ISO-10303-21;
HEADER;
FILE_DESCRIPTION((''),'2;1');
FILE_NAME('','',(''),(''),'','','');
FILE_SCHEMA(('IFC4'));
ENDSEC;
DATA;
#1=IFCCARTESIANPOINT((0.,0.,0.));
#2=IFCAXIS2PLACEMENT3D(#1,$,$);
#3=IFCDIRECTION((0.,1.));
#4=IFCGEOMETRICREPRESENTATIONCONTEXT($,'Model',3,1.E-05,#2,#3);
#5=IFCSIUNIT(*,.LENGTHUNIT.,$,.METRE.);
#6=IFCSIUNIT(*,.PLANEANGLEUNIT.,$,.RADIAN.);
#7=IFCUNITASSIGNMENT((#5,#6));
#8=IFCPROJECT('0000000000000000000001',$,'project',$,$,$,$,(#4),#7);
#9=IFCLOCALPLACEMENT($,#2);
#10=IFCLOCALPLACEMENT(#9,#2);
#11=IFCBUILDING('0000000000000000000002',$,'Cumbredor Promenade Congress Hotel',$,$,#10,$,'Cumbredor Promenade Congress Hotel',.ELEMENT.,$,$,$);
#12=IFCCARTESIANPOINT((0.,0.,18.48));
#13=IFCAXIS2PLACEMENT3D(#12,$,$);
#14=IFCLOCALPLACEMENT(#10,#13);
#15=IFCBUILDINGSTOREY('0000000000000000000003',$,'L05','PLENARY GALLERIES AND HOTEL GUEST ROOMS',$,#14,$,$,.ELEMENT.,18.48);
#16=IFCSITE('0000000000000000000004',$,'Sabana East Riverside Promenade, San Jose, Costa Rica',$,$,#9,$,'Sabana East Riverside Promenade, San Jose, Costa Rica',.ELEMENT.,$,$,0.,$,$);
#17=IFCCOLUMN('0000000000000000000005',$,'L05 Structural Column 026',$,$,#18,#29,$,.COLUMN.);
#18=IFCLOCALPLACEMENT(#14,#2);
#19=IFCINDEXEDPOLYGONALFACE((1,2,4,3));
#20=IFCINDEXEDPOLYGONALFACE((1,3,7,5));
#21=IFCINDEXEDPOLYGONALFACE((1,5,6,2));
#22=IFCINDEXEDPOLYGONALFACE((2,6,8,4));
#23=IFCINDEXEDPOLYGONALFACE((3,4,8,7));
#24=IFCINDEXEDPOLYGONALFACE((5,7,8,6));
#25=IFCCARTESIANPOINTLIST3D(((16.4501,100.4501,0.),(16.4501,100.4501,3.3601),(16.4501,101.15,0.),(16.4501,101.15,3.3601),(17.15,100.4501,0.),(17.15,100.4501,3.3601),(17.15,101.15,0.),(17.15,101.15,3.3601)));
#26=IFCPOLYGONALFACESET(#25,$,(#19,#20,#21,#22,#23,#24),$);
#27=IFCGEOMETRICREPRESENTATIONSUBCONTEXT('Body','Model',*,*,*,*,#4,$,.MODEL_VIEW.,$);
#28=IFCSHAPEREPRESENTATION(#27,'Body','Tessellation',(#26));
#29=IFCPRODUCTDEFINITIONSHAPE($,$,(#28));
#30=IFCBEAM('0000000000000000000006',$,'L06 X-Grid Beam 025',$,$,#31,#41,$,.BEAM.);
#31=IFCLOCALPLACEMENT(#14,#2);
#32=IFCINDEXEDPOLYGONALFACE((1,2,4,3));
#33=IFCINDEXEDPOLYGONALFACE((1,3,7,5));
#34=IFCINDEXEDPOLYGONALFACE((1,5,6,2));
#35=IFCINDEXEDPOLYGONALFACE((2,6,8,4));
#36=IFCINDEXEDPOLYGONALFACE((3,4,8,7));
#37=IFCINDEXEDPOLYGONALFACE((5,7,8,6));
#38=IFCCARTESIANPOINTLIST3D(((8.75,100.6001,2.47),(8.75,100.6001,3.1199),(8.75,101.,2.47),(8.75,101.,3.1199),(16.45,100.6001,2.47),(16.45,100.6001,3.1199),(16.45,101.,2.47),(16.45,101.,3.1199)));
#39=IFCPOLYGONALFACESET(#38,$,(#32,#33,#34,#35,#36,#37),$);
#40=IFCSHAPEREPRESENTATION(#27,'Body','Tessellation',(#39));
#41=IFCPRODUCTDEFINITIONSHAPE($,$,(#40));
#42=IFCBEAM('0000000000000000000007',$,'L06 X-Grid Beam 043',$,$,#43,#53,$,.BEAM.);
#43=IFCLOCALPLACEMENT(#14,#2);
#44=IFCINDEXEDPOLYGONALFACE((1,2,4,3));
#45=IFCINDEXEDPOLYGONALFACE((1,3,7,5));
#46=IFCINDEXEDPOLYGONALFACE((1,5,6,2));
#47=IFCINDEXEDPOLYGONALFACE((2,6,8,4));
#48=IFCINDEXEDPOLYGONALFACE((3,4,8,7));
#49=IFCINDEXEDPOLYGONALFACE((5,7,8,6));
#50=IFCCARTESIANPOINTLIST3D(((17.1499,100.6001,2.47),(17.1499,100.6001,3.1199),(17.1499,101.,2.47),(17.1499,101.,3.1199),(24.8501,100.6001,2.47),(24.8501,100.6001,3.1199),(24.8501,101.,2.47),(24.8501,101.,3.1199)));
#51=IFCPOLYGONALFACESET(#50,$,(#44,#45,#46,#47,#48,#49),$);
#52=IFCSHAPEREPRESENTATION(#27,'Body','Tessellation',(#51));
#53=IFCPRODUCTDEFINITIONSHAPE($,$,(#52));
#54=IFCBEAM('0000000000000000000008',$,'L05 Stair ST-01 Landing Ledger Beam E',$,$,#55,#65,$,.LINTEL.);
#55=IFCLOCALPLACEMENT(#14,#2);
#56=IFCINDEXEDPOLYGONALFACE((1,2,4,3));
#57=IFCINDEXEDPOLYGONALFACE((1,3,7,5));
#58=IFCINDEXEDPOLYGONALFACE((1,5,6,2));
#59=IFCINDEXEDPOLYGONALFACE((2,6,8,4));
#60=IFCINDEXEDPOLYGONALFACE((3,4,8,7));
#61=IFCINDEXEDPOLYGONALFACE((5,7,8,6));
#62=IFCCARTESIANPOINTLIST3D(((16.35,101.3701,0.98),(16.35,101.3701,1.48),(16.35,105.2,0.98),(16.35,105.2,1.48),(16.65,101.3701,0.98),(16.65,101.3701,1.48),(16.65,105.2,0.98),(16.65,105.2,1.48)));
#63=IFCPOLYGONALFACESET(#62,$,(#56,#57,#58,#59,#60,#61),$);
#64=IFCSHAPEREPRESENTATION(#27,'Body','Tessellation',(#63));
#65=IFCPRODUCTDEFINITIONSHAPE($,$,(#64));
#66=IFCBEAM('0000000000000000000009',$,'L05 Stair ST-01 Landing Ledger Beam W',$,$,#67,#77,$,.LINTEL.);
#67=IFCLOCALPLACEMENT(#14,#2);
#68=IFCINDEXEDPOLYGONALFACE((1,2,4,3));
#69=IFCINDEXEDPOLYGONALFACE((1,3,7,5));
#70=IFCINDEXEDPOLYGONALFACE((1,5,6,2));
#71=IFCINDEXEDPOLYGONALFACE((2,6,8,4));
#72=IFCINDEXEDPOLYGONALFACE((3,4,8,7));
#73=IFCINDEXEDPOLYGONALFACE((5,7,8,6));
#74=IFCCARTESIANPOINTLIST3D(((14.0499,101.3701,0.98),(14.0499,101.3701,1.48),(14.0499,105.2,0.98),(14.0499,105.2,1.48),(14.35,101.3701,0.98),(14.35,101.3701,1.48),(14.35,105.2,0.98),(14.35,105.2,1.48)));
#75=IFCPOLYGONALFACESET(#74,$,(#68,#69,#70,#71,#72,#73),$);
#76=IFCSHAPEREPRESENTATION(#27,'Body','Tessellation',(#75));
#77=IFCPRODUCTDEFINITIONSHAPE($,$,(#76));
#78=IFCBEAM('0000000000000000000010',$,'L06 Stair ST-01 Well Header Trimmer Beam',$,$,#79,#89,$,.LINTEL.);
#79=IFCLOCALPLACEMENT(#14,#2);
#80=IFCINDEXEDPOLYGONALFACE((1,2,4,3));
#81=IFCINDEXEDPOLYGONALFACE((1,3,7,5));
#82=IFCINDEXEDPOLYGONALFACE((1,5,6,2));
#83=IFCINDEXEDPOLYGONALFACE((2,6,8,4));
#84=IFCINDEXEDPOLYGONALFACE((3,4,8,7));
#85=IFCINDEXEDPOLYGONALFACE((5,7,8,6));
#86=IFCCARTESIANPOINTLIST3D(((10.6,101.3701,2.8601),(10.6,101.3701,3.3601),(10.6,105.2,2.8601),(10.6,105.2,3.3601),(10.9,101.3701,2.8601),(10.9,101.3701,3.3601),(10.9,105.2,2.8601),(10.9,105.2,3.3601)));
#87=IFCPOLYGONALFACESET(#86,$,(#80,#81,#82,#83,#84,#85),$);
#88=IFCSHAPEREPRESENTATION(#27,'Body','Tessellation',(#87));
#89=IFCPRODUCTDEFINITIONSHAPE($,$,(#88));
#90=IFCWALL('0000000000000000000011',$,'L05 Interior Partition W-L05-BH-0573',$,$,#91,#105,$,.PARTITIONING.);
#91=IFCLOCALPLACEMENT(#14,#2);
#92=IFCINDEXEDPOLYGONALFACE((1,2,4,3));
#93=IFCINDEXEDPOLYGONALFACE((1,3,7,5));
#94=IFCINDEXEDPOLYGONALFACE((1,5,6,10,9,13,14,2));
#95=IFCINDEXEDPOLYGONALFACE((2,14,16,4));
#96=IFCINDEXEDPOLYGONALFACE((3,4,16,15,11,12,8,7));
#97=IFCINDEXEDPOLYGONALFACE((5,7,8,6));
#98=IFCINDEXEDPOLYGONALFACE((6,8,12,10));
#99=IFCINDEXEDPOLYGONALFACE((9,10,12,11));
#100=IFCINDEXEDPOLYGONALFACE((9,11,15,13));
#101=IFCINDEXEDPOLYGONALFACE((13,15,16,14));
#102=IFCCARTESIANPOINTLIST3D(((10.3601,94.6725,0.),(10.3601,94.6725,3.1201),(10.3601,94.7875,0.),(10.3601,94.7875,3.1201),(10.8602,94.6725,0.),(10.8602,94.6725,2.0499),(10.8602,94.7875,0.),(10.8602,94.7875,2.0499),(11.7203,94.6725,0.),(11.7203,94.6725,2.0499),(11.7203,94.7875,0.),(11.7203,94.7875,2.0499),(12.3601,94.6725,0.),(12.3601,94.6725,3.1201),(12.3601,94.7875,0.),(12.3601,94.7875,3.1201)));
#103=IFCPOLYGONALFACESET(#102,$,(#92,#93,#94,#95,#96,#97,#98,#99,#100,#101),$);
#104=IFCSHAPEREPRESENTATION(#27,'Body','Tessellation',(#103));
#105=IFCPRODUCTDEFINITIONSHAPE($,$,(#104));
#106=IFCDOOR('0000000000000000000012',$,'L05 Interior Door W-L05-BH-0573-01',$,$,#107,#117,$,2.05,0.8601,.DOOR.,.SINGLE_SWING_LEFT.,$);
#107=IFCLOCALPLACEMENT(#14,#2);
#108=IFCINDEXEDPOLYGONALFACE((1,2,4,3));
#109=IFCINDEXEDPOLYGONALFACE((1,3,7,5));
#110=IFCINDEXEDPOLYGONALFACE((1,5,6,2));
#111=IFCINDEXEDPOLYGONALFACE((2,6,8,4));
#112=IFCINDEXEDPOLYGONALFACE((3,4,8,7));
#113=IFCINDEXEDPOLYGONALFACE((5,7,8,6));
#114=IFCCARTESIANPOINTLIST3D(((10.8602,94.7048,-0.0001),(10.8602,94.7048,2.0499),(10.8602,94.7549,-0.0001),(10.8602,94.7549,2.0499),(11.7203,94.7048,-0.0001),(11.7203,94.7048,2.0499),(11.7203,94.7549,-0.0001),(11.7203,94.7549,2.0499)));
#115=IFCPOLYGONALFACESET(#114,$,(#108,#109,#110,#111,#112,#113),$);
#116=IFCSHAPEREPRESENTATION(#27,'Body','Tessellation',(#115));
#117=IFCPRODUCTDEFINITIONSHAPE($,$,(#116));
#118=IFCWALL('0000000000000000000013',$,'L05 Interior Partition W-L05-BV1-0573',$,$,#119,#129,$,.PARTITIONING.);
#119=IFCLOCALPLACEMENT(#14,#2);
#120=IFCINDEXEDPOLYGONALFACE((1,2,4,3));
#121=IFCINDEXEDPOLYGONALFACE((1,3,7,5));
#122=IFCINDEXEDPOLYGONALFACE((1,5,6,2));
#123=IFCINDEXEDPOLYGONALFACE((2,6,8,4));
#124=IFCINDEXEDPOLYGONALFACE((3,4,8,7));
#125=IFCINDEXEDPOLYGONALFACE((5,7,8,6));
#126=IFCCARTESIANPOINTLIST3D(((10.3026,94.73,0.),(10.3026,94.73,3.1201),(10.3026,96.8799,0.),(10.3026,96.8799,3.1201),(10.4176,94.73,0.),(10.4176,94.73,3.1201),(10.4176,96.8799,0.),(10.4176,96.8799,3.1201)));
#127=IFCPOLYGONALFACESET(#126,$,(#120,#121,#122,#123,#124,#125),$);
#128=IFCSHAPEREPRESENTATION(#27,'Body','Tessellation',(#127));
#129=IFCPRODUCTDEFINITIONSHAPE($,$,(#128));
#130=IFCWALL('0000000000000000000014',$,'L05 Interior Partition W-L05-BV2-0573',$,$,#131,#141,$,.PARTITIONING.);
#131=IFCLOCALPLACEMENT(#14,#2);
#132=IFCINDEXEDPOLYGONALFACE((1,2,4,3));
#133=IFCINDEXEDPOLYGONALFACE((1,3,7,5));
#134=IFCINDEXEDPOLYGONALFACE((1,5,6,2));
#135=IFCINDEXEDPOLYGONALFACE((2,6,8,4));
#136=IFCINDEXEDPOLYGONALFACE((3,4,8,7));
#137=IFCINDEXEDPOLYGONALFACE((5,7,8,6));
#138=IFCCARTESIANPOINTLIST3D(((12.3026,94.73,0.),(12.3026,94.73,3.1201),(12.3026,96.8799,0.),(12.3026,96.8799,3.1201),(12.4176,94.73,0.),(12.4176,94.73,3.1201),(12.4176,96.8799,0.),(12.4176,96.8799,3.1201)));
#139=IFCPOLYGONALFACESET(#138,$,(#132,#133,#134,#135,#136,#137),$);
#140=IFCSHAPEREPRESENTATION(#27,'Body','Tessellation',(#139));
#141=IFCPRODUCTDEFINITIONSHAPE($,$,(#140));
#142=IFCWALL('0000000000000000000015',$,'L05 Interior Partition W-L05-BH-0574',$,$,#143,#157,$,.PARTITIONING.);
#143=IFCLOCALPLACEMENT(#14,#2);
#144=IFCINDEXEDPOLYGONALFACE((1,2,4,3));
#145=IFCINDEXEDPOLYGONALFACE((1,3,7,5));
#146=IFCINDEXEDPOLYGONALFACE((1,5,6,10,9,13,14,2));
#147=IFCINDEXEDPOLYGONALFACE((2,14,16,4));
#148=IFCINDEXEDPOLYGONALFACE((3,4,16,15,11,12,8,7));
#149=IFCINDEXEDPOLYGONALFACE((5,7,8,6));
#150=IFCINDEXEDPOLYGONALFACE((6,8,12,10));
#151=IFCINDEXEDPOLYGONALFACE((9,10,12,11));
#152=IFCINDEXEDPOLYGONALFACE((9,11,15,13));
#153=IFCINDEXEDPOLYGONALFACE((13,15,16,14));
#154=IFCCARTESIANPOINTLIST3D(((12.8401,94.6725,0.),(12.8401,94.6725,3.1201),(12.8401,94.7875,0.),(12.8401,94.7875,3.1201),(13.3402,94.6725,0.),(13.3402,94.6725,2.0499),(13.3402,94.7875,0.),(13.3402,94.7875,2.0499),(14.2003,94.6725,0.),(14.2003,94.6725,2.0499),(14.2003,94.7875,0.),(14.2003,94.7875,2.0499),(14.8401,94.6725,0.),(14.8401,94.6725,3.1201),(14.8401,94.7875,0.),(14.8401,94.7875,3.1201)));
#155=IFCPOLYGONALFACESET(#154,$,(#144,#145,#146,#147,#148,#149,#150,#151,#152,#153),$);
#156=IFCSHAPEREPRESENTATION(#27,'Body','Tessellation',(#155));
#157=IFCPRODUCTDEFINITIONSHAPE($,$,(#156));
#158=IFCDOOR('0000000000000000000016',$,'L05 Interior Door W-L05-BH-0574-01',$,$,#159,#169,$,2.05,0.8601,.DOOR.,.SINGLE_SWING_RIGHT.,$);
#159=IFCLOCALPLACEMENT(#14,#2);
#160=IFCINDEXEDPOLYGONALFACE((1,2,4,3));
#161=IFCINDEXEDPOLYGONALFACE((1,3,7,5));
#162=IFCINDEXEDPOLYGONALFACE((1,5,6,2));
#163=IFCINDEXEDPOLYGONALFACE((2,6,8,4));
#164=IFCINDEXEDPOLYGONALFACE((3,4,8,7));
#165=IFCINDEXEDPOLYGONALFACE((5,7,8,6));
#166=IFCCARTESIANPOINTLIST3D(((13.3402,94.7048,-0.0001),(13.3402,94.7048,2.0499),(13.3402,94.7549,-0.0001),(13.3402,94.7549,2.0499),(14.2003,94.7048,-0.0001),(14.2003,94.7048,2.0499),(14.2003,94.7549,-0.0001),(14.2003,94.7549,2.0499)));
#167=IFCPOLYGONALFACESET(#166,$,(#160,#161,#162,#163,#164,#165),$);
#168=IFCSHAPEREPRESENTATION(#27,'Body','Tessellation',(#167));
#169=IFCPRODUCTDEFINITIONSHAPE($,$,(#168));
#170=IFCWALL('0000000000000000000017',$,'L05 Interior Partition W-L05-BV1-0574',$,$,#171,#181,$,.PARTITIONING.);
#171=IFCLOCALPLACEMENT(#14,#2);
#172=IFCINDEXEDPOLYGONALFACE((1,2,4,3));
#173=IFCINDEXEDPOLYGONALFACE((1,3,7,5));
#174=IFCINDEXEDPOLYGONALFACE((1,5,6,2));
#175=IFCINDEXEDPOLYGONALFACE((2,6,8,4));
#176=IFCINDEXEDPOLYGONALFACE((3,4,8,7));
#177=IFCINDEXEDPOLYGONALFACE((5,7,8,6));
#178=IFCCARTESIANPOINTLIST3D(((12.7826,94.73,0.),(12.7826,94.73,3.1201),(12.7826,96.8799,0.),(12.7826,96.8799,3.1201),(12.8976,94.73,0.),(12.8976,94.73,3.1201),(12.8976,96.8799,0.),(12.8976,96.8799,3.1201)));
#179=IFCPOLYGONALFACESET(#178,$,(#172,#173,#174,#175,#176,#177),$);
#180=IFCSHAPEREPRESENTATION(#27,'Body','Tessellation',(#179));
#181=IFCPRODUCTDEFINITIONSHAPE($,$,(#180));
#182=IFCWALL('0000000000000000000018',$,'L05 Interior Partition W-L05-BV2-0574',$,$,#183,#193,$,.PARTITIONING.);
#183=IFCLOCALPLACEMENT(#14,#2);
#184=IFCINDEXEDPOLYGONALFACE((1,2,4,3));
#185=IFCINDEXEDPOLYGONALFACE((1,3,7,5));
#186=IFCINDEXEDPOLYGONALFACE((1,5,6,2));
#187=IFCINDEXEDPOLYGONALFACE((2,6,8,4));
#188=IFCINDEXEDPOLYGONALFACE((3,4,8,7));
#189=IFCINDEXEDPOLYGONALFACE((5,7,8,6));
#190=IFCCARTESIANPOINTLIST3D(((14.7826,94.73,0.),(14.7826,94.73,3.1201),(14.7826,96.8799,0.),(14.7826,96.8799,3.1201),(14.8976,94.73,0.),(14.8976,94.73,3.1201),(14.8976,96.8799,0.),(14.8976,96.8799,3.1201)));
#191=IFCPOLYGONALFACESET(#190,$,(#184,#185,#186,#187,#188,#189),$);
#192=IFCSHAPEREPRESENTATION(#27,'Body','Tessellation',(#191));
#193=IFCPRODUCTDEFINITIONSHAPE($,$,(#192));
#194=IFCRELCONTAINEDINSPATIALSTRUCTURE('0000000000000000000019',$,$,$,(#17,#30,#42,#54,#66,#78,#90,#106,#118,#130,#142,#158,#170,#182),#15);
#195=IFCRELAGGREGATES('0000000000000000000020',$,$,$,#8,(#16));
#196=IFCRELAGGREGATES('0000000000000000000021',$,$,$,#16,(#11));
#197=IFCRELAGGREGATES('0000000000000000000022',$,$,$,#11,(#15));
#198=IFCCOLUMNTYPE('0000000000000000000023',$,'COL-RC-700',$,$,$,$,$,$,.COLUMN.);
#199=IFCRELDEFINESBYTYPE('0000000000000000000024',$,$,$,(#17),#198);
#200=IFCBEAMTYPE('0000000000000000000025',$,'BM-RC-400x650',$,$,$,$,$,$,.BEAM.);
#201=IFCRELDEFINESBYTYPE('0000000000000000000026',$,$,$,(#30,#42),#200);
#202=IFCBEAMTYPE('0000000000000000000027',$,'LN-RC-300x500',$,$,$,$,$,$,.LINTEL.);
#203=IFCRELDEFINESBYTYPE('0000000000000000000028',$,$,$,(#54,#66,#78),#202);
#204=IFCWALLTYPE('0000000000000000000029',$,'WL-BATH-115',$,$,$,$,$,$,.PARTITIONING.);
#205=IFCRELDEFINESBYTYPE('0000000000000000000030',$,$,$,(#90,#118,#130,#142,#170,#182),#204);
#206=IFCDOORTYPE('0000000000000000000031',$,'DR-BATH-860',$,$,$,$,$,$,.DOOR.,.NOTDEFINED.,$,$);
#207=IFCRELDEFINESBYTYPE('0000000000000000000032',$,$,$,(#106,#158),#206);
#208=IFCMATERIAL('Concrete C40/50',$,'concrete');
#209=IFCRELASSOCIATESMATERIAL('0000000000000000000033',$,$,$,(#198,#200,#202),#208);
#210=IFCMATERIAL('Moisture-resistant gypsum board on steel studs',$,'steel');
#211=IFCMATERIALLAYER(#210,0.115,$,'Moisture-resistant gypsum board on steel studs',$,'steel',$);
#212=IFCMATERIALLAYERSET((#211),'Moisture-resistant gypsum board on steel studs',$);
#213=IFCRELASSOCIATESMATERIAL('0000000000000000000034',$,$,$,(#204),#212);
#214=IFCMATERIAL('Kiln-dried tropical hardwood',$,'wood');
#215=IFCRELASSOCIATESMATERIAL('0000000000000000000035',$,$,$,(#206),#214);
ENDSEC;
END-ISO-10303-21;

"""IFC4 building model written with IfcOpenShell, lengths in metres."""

from ifc_helpers import new_model, si_unit, direction, frame, frame_2d, origin, origin_2d, place, context, subcontext, project, spatial, rectangle, extrude, material, layer, layer_set, material_profile, profile_set, type_object, element, fill, save


model = new_model("IFC4")

# Units and contexts
model_context = context("Model", 3, precision=1e-05, world=origin(), true_north=direction((0.0, 1.0)))
body_context = subcontext(model_context, "Body", "Model", "MODEL_VIEW")
ifc_project = project(units=[si_unit("LENGTHUNIT", "METRE"), si_unit("PLANEANGLEUNIT", "RADIAN")], contexts=[model_context])

# Site, building, storey
site_placement = place(None, origin())
site = spatial("IfcSite", under=ifc_project, at=site_placement, Name="Sabana East Riverside Promenade, San Jose, Costa Rica", LongName="Sabana East Riverside Promenade, San Jose, Costa Rica", CompositionType="ELEMENT", RefElevation=0.0)
building_placement = place(site_placement, origin())
building = spatial("IfcBuilding", under=site, at=building_placement, Name="Cumbredor Promenade Congress Hotel", LongName="Cumbredor Promenade Congress Hotel", CompositionType="ELEMENT")
storey_placement = place(building_placement, frame((0.0, 0.0, 18.48)))
storey = spatial("IfcBuildingStorey", under=building, at=storey_placement, Name="L05", Description="PLENARY GALLERIES AND HOTEL GUEST ROOMS", CompositionType="ELEMENT", Elevation=18.48)

# Column
ifc_material_1 = material(Name="Concrete C40/50", Category="concrete")
ifc_material_profile_1 = material_profile(ifc_material_1, rectangle(XDim=0.7, YDim=0.7, at=origin_2d()), Name="RC 700x700")
ifc_profile_set_1 = profile_set([ifc_material_profile_1], Name="Concrete C40/50")
column_type = type_object("IfcColumnType", Name="COL-RC-700", PredefinedType="COLUMN", material=ifc_profile_set_1)
column_placement = place(storey_placement, frame((16.8, 100.8, 0.0), z_axis=(0.0, 0.0, 1.0), x_axis=(1.0, 0.0, 0.0)))
element("IfcColumn", 1, at=column_placement, inside=storey, type_object=column_type, Name="L05 Structural Column 026", PredefinedType="COLUMN", context=body_context, shape_type="SweptSolid", body=[
    extrude(rectangle(XDim=0.7, YDim=0.7, at=origin_2d()), origin(), (0.0, 0.0, 1.0), 3.3601),
])

# Beams
ifc_material_profile_2 = material_profile(ifc_material_1, rectangle(XDim=0.3999, YDim=0.6499, at=origin_2d()), Name="RC BEAM 400x650")
ifc_profile_set_2 = profile_set([ifc_material_profile_2], Name="Concrete C40/50")
beam_type_1 = type_object("IfcBeamType", Name="BM-RC-400x650", PredefinedType="BEAM", material=ifc_profile_set_2)
beam_1_placement = place(storey_placement, frame((8.75, 100.8, 2.7949), z_axis=(1.0, 0.0, 0.0), x_axis=(0.0, 1.0, 0.0)))
element("IfcBeam", 2, at=beam_1_placement, inside=storey, type_object=beam_type_1, Name="L06 X-Grid Beam 025", PredefinedType="BEAM", context=body_context, shape_type="SweptSolid", body=[
    extrude(rectangle(XDim=0.3999, YDim=0.6499, at=origin_2d()), origin(), (0.0, 0.0, 1.0), 7.7),
])
beam_2_placement = place(storey_placement, frame((17.1499, 100.8, 2.7949), z_axis=(1.0, 0.0, 0.0), x_axis=(0.0, 1.0, 0.0)))
element("IfcBeam", 3, at=beam_2_placement, inside=storey, type_object=beam_type_1, Name="L06 X-Grid Beam 043", PredefinedType="BEAM", context=body_context, shape_type="SweptSolid", body=[
    extrude(rectangle(XDim=0.3999, YDim=0.6499, at=origin_2d()), origin(), (0.0, 0.0, 1.0), 7.7002),
])
ifc_material_profile_3 = material_profile(ifc_material_1, rectangle(XDim=0.3, YDim=0.5, at=origin_2d()), Name="RC LINTEL 300x500")
ifc_profile_set_3 = profile_set([ifc_material_profile_3], Name="Concrete C40/50")
beam_type_2 = type_object("IfcBeamType", Name="LN-RC-300x500", PredefinedType="LINTEL", material=ifc_profile_set_3)
for number, where, z_axis, x_axis, name in (
    (4, (16.5, 101.3701, 1.23), (0.0, 1.0, 0.0), (-1.0, 0.0, 0.0), "L05 Stair ST-01 Landing Ledger Beam E"),
    (5, (14.2, 101.3701, 1.23), (0.0, 1.0, 0.0), (-1.0, 0.0, 0.0), "L05 Stair ST-01 Landing Ledger Beam W"),
    (6, (10.75, 101.3701, 3.1101), (0.0, 1.0, 0.0), (-1.0, 0.0, 0.0), "L06 Stair ST-01 Well Header Trimmer Beam"),
):
    element("IfcBeam", number, at=place(storey_placement, frame(where, z_axis=z_axis, x_axis=x_axis)), inside=storey, type_object=beam_type_2, Name=name, PredefinedType="LINTEL", context=body_context, shape_type="SweptSolid", body=[
        extrude(rectangle(XDim=0.3, YDim=0.5, at=origin_2d()), origin(), (0.0, 0.0, 1.0), 3.8298),
    ])

# Wall, opening, door
ifc_material_2 = material(Name="Moisture-resistant gypsum board on steel studs", Category="steel")
ifc_layer_1 = layer(ifc_material_2, 0.115, Name="Moisture-resistant gypsum board on steel studs", Category="steel")
ifc_layer_set_1 = layer_set([ifc_layer_1], Name="Moisture-resistant gypsum board on steel studs")
wall_type_1 = type_object("IfcWallType", Name="WL-BATH-115", PredefinedType="PARTITIONING", material=ifc_layer_set_1)
wall_1_placement = place(storey_placement, frame((10.3601, 94.73, 0.0), z_axis=(0.0, 0.0, 1.0), x_axis=(1.0, 0.0, 0.0)))
wall_1 = element("IfcWall", 7, at=wall_1_placement, inside=storey, type_object=wall_type_1, Name="L05 Interior Partition W-L05-BH-0573", PredefinedType="PARTITIONING", context=body_context, shape_type="SweptSolid", body=[
    extrude(rectangle(XDim=2.0, YDim=0.115, at=frame_2d((1.0, 0.0))), origin(), (0.0, 0.0, 1.0), 3.1201),
])
opening_1_placement = place(wall_1_placement, frame((0.5, 0.0, 0.0)))
opening_1 = element("IfcOpeningElement", 8, at=opening_1_placement, cuts=wall_1, PredefinedType="OPENING", context=body_context, shape_type="SweptSolid", body=[
    extrude(rectangle(XDim=0.8601, YDim=2.05, at=frame_2d((0.4302, 1.0249))), frame((0.0, 0.0674, 0.0), z_axis=(0.0, -1.0, 0.0), x_axis=(1.0, 0.0, 0.0)), (0.0, 0.0, 1.0), 0.135),
])
ifc_material_3 = material(Name="Kiln-dried tropical hardwood", Category="wood")
door_type = type_object("IfcDoorType", Name="DR-BATH-860", OperationType="NOTDEFINED", PredefinedType="DOOR", material=ifc_material_3)
door_1_placement = place(opening_1_placement, origin())
door_1 = element("IfcDoor", 9, at=door_1_placement, inside=storey, type_object=door_type, Name="L05 Interior Door W-L05-BH-0573-01", OperationType="SINGLE_SWING_LEFT", OverallHeight=2.05, OverallWidth=0.8601, PredefinedType="DOOR", context=body_context, shape_type="SweptSolid", body=[
    extrude(rectangle(XDim=0.8601, YDim=2.05, at=frame_2d((0.4302, 1.0249))), frame((0.0, 0.0249, 0.0), z_axis=(0.0, -1.0, 0.0), x_axis=(1.0, 0.0, 0.0)), (0.0, 0.0, 1.0), 0.05),
])
fill(opening_1, door_1)

# Walls
for number, where, z_axis, x_axis, name in (
    (10, (10.3601, 94.73, 0.0), (0.0, 0.0, 1.0), (0.0, 1.0, 0.0), "L05 Interior Partition W-L05-BV1-0573"),
    (11, (12.3601, 94.73, 0.0), (0.0, 0.0, 1.0), (0.0, 1.0, 0.0), "L05 Interior Partition W-L05-BV2-0573"),
):
    element("IfcWall", number, at=place(storey_placement, frame(where, z_axis=z_axis, x_axis=x_axis)), inside=storey, type_object=wall_type_1, Name=name, PredefinedType="PARTITIONING", context=body_context, shape_type="SweptSolid", body=[
        extrude(rectangle(XDim=2.1499, YDim=0.115, at=frame_2d((1.075, 0.0))), origin(), (0.0, 0.0, 1.0), 3.1201),
    ])

# Wall, opening, door
wall_2_placement = place(storey_placement, frame((12.8401, 94.73, 0.0), z_axis=(0.0, 0.0, 1.0), x_axis=(1.0, 0.0, 0.0)))
wall_2 = element("IfcWall", 12, at=wall_2_placement, inside=storey, type_object=wall_type_1, Name="L05 Interior Partition W-L05-BH-0574", PredefinedType="PARTITIONING", context=body_context, shape_type="SweptSolid", body=[
    extrude(rectangle(XDim=2.0, YDim=0.115, at=frame_2d((1.0, 0.0))), origin(), (0.0, 0.0, 1.0), 3.1201),
])
opening_2_placement = place(wall_2_placement, frame((0.5, 0.0, 0.0)))
opening_2 = element("IfcOpeningElement", 13, at=opening_2_placement, cuts=wall_2, PredefinedType="OPENING", context=body_context, shape_type="SweptSolid", body=[
    extrude(rectangle(XDim=0.8601, YDim=2.05, at=frame_2d((0.4302, 1.0249))), frame((0.0, 0.0674, 0.0), z_axis=(0.0, -1.0, 0.0), x_axis=(1.0, 0.0, 0.0)), (0.0, 0.0, 1.0), 0.135),
])
door_2_placement = place(opening_2_placement, origin())
door_2 = element("IfcDoor", 14, at=door_2_placement, inside=storey, type_object=door_type, Name="L05 Interior Door W-L05-BH-0574-01", OperationType="SINGLE_SWING_RIGHT", OverallHeight=2.05, OverallWidth=0.8601, PredefinedType="DOOR", context=body_context, shape_type="SweptSolid", body=[
    extrude(rectangle(XDim=0.8601, YDim=2.05, at=frame_2d((0.4302, 1.0249))), frame((0.0, 0.0249, 0.0), z_axis=(0.0, -1.0, 0.0), x_axis=(1.0, 0.0, 0.0)), (0.0, 0.0, 1.0), 0.05),
])
fill(opening_2, door_2)

# Walls
for number, where, z_axis, x_axis, name in (
    (15, (12.8401, 94.73, 0.0), (0.0, 0.0, 1.0), (0.0, 1.0, 0.0), "L05 Interior Partition W-L05-BV1-0574"),
    (16, (14.8401, 94.73, 0.0), (0.0, 0.0, 1.0), (0.0, 1.0, 0.0), "L05 Interior Partition W-L05-BV2-0574"),
):
    element("IfcWall", number, at=place(storey_placement, frame(where, z_axis=z_axis, x_axis=x_axis)), inside=storey, type_object=wall_type_1, Name=name, PredefinedType="PARTITIONING", context=body_context, shape_type="SweptSolid", body=[
        extrude(rectangle(XDim=2.1499, YDim=0.115, at=frame_2d((1.075, 0.0))), origin(), (0.0, 0.0, 1.0), 3.1201),
    ])

save(model, "model.ifc")
